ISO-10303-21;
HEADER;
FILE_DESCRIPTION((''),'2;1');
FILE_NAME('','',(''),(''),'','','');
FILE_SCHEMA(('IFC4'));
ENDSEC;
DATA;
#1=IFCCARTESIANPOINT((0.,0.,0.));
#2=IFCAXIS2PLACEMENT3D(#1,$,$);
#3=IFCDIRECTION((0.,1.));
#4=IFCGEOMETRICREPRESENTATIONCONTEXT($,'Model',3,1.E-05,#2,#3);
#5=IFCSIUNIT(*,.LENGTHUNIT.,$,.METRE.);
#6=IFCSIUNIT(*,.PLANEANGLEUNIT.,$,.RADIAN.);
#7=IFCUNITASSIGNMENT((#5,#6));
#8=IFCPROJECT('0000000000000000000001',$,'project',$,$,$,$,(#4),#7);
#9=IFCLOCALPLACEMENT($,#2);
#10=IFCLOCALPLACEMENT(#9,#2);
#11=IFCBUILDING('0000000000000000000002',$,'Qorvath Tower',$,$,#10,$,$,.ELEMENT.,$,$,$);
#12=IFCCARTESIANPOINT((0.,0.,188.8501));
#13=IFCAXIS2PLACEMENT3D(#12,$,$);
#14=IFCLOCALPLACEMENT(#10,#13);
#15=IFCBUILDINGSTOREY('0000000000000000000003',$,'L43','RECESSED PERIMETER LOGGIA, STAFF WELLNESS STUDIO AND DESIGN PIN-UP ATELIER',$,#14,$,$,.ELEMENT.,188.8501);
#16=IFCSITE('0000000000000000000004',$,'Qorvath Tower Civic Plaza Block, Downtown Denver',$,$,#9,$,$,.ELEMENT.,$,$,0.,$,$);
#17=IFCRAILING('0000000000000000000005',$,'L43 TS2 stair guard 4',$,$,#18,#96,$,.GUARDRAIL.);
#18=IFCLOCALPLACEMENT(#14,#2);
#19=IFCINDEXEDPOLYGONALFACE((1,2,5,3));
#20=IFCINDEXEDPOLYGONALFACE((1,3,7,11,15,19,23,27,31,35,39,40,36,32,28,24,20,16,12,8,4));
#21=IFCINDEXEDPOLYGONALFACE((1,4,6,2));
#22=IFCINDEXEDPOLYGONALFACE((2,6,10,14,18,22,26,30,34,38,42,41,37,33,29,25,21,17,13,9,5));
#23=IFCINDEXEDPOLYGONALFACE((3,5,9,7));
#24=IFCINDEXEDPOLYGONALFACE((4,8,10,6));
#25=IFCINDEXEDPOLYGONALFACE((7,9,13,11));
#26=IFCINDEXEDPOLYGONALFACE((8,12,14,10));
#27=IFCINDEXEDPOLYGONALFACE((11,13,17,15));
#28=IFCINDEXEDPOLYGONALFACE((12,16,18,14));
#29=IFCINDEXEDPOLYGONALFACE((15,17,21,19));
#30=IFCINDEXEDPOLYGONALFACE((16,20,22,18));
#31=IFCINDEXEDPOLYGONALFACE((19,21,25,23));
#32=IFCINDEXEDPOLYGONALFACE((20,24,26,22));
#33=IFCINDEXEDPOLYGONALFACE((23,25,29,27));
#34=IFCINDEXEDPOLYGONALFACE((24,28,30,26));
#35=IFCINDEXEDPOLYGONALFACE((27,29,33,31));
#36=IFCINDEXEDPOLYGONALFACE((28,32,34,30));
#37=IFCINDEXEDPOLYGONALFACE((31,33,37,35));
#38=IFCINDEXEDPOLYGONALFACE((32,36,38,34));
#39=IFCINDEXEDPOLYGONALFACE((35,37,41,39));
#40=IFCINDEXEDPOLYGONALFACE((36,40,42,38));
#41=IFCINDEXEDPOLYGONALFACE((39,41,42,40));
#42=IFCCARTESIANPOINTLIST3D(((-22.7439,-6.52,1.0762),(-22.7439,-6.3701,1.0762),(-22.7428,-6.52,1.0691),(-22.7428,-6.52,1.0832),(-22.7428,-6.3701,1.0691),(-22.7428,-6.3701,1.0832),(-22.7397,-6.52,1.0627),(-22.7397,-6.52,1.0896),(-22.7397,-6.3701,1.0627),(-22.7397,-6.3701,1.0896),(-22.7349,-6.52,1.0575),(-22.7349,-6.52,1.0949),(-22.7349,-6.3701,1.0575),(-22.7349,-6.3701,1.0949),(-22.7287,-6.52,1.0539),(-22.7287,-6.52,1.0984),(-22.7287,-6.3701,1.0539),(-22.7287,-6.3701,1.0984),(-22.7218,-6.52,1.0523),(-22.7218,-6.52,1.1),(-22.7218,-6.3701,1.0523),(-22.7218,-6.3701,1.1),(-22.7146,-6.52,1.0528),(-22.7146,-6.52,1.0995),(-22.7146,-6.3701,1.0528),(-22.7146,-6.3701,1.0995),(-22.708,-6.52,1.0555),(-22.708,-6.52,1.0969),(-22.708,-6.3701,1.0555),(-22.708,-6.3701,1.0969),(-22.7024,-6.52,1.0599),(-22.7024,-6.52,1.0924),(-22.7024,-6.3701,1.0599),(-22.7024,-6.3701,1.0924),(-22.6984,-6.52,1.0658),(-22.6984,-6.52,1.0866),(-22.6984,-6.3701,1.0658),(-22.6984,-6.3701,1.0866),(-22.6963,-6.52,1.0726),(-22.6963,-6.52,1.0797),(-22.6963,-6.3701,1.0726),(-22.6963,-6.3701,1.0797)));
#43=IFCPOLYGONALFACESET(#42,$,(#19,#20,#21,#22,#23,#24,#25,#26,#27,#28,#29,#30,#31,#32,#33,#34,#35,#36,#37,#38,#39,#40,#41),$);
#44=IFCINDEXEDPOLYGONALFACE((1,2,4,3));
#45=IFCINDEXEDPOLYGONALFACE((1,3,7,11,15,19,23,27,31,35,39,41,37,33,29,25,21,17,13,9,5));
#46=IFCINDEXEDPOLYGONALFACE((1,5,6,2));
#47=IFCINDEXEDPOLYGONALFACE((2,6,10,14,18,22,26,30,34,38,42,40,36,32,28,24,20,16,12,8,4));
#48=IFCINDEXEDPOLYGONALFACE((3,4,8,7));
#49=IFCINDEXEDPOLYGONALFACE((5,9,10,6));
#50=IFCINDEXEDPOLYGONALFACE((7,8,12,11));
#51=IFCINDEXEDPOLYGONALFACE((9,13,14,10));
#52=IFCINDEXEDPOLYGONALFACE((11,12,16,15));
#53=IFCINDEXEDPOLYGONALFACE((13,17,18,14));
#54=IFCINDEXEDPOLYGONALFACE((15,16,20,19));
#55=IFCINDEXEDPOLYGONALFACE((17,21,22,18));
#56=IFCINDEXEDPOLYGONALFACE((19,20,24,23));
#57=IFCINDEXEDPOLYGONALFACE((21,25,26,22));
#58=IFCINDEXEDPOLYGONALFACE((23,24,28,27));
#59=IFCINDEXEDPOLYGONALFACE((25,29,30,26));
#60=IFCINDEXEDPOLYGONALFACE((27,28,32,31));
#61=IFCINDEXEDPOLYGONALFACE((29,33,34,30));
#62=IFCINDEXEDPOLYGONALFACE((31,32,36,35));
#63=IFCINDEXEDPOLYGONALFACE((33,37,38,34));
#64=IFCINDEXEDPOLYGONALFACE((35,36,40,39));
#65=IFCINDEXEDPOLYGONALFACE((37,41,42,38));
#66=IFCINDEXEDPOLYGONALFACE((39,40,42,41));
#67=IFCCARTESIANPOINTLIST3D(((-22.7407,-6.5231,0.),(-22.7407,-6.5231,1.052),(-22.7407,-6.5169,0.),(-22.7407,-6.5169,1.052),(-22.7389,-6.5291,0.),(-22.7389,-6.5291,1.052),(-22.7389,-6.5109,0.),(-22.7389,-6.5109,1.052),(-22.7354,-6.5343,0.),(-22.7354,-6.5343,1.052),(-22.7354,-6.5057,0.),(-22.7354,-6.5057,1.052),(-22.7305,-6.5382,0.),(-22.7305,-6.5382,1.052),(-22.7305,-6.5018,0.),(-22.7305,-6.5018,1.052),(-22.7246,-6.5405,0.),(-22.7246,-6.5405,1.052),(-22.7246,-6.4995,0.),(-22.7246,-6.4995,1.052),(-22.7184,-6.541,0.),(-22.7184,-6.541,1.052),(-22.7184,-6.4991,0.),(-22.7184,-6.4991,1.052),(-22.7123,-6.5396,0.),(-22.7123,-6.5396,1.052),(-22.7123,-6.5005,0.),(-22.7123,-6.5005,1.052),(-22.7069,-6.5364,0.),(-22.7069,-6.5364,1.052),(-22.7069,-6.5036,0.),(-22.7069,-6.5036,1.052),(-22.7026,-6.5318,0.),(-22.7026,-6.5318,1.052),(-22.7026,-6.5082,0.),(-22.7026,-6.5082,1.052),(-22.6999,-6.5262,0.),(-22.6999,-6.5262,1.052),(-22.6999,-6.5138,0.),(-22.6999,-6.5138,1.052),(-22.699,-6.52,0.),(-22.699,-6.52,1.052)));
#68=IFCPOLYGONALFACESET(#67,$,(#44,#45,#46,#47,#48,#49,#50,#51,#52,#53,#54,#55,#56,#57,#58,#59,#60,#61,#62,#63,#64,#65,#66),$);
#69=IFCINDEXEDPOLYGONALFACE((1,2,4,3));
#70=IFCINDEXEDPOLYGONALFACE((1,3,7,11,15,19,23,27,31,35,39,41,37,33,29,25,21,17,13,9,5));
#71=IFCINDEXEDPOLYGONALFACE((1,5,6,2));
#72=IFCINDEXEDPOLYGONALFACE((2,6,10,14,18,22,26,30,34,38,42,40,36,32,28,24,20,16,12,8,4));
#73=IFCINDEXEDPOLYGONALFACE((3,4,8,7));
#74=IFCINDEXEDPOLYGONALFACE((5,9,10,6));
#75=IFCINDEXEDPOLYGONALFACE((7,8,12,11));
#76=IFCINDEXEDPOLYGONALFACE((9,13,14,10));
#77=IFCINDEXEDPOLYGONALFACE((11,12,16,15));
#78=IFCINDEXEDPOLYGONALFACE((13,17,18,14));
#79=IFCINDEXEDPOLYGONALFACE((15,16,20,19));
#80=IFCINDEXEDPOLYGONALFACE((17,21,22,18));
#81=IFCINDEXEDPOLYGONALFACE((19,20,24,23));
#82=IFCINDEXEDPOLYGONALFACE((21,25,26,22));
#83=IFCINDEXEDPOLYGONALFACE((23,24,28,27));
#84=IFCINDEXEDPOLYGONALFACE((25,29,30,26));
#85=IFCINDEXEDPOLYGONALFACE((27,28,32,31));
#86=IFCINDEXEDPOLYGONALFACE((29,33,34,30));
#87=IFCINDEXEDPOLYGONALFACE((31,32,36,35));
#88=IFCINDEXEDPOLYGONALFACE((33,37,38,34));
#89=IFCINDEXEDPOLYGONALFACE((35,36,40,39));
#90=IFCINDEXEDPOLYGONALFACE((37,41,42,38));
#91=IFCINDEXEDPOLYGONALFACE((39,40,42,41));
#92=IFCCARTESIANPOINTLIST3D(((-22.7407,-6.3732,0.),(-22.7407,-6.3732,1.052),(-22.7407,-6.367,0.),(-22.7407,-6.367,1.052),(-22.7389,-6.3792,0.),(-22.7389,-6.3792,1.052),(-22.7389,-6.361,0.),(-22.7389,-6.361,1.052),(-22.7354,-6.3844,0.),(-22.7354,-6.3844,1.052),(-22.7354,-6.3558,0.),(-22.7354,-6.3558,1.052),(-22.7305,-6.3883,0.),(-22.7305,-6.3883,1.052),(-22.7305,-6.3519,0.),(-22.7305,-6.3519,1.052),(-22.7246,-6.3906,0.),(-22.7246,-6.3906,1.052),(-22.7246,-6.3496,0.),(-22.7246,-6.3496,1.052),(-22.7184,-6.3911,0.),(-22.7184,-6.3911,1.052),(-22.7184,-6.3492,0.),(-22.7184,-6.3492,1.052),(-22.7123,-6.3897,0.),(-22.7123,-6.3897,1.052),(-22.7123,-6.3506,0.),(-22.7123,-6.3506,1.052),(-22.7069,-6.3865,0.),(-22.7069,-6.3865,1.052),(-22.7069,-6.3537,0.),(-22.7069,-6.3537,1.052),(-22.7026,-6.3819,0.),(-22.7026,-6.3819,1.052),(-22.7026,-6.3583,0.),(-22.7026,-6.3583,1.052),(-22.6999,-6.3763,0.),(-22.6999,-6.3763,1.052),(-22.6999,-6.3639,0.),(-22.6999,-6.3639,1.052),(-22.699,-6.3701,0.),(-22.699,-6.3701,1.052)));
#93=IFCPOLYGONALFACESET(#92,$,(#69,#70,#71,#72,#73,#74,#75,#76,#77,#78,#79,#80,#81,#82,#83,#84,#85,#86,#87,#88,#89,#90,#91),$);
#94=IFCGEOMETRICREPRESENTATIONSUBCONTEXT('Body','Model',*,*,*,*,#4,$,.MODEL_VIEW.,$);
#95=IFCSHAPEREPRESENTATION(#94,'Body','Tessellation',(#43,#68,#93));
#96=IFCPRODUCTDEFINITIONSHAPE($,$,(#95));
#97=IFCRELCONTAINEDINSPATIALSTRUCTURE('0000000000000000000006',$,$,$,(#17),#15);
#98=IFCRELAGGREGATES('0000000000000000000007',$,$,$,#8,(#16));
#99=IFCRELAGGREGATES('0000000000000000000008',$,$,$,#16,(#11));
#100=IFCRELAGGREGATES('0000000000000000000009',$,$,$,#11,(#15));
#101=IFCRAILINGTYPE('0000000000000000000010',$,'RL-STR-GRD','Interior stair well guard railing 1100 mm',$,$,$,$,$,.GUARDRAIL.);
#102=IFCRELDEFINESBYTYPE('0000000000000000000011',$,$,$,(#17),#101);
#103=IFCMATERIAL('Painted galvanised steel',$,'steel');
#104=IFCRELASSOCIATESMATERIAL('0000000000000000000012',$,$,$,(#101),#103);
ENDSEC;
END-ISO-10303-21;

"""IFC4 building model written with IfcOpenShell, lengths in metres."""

from ifc_helpers import new_model, si_unit, direction, frame, origin, origin_2d, place, context, subcontext, project, spatial, circle, extrude, material, type_object, element, save


model = new_model("IFC4")

# Units and contexts
model_context = context("Model", 3, precision=1e-05, world=origin(), true_north=direction((0.0, 1.0)))
body_context = subcontext(model_context, "Body", "Model", "MODEL_VIEW")
ifc_project = project(units=[si_unit("LENGTHUNIT", "METRE"), si_unit("PLANEANGLEUNIT", "RADIAN")], contexts=[model_context])

# Site, building, storey
site_placement = place(None, origin())
site = spatial("IfcSite", under=ifc_project, at=site_placement, Name="Qorvath Tower Civic Plaza Block, Downtown Denver", CompositionType="ELEMENT", RefElevation=0.0)
building_placement = place(site_placement, origin())
building = spatial("IfcBuilding", under=site, at=building_placement, Name="Qorvath Tower", CompositionType="ELEMENT")
storey_placement = place(building_placement, frame((0.0, 0.0, 188.8501)))
storey = spatial("IfcBuildingStorey", under=building, at=storey_placement, Name="L43", Description="RECESSED PERIMETER LOGGIA, STAFF WELLNESS STUDIO AND DESIGN PIN-UP ATELIER", CompositionType="ELEMENT", Elevation=188.8501)

# Railing
ifc_material_1 = material(Name="Painted galvanised steel", Category="steel")
railing_type_1 = type_object("IfcRailingType", Name="RL-STR-GRD", Description="Interior stair well guard railing 1100 mm", PredefinedType="GUARDRAIL", material=ifc_material_1)
railing_1_placement = place(storey_placement, frame((-22.72, -6.52, 0.0)))
element("IfcRailing", 1, at=railing_1_placement, inside=storey, type_object=railing_type_1, Name="L43 TS2 stair guard 4", PredefinedType="GUARDRAIL", context=body_context, shape_type="SweptSolid", body=[
    extrude(circle(Radius=0.0239, at=origin_2d()), frame((0.0, 0.0, 1.0762), z_axis=(0.0, 1.0, 0.0), x_axis=(-1.0, 0.0, 0.0)), (0.0, 0.0, 1.0), 0.1499),
    extrude(circle(Radius=0.021, at=origin_2d()), origin(), (0.0, 0.0, 1.0), 1.052),
    extrude(circle(Radius=0.021, at=origin_2d()), frame((0.0, 0.1499, 0.0)), (0.0, 0.0, 1.0), 1.052),
])

save(model, "model.ifc")
